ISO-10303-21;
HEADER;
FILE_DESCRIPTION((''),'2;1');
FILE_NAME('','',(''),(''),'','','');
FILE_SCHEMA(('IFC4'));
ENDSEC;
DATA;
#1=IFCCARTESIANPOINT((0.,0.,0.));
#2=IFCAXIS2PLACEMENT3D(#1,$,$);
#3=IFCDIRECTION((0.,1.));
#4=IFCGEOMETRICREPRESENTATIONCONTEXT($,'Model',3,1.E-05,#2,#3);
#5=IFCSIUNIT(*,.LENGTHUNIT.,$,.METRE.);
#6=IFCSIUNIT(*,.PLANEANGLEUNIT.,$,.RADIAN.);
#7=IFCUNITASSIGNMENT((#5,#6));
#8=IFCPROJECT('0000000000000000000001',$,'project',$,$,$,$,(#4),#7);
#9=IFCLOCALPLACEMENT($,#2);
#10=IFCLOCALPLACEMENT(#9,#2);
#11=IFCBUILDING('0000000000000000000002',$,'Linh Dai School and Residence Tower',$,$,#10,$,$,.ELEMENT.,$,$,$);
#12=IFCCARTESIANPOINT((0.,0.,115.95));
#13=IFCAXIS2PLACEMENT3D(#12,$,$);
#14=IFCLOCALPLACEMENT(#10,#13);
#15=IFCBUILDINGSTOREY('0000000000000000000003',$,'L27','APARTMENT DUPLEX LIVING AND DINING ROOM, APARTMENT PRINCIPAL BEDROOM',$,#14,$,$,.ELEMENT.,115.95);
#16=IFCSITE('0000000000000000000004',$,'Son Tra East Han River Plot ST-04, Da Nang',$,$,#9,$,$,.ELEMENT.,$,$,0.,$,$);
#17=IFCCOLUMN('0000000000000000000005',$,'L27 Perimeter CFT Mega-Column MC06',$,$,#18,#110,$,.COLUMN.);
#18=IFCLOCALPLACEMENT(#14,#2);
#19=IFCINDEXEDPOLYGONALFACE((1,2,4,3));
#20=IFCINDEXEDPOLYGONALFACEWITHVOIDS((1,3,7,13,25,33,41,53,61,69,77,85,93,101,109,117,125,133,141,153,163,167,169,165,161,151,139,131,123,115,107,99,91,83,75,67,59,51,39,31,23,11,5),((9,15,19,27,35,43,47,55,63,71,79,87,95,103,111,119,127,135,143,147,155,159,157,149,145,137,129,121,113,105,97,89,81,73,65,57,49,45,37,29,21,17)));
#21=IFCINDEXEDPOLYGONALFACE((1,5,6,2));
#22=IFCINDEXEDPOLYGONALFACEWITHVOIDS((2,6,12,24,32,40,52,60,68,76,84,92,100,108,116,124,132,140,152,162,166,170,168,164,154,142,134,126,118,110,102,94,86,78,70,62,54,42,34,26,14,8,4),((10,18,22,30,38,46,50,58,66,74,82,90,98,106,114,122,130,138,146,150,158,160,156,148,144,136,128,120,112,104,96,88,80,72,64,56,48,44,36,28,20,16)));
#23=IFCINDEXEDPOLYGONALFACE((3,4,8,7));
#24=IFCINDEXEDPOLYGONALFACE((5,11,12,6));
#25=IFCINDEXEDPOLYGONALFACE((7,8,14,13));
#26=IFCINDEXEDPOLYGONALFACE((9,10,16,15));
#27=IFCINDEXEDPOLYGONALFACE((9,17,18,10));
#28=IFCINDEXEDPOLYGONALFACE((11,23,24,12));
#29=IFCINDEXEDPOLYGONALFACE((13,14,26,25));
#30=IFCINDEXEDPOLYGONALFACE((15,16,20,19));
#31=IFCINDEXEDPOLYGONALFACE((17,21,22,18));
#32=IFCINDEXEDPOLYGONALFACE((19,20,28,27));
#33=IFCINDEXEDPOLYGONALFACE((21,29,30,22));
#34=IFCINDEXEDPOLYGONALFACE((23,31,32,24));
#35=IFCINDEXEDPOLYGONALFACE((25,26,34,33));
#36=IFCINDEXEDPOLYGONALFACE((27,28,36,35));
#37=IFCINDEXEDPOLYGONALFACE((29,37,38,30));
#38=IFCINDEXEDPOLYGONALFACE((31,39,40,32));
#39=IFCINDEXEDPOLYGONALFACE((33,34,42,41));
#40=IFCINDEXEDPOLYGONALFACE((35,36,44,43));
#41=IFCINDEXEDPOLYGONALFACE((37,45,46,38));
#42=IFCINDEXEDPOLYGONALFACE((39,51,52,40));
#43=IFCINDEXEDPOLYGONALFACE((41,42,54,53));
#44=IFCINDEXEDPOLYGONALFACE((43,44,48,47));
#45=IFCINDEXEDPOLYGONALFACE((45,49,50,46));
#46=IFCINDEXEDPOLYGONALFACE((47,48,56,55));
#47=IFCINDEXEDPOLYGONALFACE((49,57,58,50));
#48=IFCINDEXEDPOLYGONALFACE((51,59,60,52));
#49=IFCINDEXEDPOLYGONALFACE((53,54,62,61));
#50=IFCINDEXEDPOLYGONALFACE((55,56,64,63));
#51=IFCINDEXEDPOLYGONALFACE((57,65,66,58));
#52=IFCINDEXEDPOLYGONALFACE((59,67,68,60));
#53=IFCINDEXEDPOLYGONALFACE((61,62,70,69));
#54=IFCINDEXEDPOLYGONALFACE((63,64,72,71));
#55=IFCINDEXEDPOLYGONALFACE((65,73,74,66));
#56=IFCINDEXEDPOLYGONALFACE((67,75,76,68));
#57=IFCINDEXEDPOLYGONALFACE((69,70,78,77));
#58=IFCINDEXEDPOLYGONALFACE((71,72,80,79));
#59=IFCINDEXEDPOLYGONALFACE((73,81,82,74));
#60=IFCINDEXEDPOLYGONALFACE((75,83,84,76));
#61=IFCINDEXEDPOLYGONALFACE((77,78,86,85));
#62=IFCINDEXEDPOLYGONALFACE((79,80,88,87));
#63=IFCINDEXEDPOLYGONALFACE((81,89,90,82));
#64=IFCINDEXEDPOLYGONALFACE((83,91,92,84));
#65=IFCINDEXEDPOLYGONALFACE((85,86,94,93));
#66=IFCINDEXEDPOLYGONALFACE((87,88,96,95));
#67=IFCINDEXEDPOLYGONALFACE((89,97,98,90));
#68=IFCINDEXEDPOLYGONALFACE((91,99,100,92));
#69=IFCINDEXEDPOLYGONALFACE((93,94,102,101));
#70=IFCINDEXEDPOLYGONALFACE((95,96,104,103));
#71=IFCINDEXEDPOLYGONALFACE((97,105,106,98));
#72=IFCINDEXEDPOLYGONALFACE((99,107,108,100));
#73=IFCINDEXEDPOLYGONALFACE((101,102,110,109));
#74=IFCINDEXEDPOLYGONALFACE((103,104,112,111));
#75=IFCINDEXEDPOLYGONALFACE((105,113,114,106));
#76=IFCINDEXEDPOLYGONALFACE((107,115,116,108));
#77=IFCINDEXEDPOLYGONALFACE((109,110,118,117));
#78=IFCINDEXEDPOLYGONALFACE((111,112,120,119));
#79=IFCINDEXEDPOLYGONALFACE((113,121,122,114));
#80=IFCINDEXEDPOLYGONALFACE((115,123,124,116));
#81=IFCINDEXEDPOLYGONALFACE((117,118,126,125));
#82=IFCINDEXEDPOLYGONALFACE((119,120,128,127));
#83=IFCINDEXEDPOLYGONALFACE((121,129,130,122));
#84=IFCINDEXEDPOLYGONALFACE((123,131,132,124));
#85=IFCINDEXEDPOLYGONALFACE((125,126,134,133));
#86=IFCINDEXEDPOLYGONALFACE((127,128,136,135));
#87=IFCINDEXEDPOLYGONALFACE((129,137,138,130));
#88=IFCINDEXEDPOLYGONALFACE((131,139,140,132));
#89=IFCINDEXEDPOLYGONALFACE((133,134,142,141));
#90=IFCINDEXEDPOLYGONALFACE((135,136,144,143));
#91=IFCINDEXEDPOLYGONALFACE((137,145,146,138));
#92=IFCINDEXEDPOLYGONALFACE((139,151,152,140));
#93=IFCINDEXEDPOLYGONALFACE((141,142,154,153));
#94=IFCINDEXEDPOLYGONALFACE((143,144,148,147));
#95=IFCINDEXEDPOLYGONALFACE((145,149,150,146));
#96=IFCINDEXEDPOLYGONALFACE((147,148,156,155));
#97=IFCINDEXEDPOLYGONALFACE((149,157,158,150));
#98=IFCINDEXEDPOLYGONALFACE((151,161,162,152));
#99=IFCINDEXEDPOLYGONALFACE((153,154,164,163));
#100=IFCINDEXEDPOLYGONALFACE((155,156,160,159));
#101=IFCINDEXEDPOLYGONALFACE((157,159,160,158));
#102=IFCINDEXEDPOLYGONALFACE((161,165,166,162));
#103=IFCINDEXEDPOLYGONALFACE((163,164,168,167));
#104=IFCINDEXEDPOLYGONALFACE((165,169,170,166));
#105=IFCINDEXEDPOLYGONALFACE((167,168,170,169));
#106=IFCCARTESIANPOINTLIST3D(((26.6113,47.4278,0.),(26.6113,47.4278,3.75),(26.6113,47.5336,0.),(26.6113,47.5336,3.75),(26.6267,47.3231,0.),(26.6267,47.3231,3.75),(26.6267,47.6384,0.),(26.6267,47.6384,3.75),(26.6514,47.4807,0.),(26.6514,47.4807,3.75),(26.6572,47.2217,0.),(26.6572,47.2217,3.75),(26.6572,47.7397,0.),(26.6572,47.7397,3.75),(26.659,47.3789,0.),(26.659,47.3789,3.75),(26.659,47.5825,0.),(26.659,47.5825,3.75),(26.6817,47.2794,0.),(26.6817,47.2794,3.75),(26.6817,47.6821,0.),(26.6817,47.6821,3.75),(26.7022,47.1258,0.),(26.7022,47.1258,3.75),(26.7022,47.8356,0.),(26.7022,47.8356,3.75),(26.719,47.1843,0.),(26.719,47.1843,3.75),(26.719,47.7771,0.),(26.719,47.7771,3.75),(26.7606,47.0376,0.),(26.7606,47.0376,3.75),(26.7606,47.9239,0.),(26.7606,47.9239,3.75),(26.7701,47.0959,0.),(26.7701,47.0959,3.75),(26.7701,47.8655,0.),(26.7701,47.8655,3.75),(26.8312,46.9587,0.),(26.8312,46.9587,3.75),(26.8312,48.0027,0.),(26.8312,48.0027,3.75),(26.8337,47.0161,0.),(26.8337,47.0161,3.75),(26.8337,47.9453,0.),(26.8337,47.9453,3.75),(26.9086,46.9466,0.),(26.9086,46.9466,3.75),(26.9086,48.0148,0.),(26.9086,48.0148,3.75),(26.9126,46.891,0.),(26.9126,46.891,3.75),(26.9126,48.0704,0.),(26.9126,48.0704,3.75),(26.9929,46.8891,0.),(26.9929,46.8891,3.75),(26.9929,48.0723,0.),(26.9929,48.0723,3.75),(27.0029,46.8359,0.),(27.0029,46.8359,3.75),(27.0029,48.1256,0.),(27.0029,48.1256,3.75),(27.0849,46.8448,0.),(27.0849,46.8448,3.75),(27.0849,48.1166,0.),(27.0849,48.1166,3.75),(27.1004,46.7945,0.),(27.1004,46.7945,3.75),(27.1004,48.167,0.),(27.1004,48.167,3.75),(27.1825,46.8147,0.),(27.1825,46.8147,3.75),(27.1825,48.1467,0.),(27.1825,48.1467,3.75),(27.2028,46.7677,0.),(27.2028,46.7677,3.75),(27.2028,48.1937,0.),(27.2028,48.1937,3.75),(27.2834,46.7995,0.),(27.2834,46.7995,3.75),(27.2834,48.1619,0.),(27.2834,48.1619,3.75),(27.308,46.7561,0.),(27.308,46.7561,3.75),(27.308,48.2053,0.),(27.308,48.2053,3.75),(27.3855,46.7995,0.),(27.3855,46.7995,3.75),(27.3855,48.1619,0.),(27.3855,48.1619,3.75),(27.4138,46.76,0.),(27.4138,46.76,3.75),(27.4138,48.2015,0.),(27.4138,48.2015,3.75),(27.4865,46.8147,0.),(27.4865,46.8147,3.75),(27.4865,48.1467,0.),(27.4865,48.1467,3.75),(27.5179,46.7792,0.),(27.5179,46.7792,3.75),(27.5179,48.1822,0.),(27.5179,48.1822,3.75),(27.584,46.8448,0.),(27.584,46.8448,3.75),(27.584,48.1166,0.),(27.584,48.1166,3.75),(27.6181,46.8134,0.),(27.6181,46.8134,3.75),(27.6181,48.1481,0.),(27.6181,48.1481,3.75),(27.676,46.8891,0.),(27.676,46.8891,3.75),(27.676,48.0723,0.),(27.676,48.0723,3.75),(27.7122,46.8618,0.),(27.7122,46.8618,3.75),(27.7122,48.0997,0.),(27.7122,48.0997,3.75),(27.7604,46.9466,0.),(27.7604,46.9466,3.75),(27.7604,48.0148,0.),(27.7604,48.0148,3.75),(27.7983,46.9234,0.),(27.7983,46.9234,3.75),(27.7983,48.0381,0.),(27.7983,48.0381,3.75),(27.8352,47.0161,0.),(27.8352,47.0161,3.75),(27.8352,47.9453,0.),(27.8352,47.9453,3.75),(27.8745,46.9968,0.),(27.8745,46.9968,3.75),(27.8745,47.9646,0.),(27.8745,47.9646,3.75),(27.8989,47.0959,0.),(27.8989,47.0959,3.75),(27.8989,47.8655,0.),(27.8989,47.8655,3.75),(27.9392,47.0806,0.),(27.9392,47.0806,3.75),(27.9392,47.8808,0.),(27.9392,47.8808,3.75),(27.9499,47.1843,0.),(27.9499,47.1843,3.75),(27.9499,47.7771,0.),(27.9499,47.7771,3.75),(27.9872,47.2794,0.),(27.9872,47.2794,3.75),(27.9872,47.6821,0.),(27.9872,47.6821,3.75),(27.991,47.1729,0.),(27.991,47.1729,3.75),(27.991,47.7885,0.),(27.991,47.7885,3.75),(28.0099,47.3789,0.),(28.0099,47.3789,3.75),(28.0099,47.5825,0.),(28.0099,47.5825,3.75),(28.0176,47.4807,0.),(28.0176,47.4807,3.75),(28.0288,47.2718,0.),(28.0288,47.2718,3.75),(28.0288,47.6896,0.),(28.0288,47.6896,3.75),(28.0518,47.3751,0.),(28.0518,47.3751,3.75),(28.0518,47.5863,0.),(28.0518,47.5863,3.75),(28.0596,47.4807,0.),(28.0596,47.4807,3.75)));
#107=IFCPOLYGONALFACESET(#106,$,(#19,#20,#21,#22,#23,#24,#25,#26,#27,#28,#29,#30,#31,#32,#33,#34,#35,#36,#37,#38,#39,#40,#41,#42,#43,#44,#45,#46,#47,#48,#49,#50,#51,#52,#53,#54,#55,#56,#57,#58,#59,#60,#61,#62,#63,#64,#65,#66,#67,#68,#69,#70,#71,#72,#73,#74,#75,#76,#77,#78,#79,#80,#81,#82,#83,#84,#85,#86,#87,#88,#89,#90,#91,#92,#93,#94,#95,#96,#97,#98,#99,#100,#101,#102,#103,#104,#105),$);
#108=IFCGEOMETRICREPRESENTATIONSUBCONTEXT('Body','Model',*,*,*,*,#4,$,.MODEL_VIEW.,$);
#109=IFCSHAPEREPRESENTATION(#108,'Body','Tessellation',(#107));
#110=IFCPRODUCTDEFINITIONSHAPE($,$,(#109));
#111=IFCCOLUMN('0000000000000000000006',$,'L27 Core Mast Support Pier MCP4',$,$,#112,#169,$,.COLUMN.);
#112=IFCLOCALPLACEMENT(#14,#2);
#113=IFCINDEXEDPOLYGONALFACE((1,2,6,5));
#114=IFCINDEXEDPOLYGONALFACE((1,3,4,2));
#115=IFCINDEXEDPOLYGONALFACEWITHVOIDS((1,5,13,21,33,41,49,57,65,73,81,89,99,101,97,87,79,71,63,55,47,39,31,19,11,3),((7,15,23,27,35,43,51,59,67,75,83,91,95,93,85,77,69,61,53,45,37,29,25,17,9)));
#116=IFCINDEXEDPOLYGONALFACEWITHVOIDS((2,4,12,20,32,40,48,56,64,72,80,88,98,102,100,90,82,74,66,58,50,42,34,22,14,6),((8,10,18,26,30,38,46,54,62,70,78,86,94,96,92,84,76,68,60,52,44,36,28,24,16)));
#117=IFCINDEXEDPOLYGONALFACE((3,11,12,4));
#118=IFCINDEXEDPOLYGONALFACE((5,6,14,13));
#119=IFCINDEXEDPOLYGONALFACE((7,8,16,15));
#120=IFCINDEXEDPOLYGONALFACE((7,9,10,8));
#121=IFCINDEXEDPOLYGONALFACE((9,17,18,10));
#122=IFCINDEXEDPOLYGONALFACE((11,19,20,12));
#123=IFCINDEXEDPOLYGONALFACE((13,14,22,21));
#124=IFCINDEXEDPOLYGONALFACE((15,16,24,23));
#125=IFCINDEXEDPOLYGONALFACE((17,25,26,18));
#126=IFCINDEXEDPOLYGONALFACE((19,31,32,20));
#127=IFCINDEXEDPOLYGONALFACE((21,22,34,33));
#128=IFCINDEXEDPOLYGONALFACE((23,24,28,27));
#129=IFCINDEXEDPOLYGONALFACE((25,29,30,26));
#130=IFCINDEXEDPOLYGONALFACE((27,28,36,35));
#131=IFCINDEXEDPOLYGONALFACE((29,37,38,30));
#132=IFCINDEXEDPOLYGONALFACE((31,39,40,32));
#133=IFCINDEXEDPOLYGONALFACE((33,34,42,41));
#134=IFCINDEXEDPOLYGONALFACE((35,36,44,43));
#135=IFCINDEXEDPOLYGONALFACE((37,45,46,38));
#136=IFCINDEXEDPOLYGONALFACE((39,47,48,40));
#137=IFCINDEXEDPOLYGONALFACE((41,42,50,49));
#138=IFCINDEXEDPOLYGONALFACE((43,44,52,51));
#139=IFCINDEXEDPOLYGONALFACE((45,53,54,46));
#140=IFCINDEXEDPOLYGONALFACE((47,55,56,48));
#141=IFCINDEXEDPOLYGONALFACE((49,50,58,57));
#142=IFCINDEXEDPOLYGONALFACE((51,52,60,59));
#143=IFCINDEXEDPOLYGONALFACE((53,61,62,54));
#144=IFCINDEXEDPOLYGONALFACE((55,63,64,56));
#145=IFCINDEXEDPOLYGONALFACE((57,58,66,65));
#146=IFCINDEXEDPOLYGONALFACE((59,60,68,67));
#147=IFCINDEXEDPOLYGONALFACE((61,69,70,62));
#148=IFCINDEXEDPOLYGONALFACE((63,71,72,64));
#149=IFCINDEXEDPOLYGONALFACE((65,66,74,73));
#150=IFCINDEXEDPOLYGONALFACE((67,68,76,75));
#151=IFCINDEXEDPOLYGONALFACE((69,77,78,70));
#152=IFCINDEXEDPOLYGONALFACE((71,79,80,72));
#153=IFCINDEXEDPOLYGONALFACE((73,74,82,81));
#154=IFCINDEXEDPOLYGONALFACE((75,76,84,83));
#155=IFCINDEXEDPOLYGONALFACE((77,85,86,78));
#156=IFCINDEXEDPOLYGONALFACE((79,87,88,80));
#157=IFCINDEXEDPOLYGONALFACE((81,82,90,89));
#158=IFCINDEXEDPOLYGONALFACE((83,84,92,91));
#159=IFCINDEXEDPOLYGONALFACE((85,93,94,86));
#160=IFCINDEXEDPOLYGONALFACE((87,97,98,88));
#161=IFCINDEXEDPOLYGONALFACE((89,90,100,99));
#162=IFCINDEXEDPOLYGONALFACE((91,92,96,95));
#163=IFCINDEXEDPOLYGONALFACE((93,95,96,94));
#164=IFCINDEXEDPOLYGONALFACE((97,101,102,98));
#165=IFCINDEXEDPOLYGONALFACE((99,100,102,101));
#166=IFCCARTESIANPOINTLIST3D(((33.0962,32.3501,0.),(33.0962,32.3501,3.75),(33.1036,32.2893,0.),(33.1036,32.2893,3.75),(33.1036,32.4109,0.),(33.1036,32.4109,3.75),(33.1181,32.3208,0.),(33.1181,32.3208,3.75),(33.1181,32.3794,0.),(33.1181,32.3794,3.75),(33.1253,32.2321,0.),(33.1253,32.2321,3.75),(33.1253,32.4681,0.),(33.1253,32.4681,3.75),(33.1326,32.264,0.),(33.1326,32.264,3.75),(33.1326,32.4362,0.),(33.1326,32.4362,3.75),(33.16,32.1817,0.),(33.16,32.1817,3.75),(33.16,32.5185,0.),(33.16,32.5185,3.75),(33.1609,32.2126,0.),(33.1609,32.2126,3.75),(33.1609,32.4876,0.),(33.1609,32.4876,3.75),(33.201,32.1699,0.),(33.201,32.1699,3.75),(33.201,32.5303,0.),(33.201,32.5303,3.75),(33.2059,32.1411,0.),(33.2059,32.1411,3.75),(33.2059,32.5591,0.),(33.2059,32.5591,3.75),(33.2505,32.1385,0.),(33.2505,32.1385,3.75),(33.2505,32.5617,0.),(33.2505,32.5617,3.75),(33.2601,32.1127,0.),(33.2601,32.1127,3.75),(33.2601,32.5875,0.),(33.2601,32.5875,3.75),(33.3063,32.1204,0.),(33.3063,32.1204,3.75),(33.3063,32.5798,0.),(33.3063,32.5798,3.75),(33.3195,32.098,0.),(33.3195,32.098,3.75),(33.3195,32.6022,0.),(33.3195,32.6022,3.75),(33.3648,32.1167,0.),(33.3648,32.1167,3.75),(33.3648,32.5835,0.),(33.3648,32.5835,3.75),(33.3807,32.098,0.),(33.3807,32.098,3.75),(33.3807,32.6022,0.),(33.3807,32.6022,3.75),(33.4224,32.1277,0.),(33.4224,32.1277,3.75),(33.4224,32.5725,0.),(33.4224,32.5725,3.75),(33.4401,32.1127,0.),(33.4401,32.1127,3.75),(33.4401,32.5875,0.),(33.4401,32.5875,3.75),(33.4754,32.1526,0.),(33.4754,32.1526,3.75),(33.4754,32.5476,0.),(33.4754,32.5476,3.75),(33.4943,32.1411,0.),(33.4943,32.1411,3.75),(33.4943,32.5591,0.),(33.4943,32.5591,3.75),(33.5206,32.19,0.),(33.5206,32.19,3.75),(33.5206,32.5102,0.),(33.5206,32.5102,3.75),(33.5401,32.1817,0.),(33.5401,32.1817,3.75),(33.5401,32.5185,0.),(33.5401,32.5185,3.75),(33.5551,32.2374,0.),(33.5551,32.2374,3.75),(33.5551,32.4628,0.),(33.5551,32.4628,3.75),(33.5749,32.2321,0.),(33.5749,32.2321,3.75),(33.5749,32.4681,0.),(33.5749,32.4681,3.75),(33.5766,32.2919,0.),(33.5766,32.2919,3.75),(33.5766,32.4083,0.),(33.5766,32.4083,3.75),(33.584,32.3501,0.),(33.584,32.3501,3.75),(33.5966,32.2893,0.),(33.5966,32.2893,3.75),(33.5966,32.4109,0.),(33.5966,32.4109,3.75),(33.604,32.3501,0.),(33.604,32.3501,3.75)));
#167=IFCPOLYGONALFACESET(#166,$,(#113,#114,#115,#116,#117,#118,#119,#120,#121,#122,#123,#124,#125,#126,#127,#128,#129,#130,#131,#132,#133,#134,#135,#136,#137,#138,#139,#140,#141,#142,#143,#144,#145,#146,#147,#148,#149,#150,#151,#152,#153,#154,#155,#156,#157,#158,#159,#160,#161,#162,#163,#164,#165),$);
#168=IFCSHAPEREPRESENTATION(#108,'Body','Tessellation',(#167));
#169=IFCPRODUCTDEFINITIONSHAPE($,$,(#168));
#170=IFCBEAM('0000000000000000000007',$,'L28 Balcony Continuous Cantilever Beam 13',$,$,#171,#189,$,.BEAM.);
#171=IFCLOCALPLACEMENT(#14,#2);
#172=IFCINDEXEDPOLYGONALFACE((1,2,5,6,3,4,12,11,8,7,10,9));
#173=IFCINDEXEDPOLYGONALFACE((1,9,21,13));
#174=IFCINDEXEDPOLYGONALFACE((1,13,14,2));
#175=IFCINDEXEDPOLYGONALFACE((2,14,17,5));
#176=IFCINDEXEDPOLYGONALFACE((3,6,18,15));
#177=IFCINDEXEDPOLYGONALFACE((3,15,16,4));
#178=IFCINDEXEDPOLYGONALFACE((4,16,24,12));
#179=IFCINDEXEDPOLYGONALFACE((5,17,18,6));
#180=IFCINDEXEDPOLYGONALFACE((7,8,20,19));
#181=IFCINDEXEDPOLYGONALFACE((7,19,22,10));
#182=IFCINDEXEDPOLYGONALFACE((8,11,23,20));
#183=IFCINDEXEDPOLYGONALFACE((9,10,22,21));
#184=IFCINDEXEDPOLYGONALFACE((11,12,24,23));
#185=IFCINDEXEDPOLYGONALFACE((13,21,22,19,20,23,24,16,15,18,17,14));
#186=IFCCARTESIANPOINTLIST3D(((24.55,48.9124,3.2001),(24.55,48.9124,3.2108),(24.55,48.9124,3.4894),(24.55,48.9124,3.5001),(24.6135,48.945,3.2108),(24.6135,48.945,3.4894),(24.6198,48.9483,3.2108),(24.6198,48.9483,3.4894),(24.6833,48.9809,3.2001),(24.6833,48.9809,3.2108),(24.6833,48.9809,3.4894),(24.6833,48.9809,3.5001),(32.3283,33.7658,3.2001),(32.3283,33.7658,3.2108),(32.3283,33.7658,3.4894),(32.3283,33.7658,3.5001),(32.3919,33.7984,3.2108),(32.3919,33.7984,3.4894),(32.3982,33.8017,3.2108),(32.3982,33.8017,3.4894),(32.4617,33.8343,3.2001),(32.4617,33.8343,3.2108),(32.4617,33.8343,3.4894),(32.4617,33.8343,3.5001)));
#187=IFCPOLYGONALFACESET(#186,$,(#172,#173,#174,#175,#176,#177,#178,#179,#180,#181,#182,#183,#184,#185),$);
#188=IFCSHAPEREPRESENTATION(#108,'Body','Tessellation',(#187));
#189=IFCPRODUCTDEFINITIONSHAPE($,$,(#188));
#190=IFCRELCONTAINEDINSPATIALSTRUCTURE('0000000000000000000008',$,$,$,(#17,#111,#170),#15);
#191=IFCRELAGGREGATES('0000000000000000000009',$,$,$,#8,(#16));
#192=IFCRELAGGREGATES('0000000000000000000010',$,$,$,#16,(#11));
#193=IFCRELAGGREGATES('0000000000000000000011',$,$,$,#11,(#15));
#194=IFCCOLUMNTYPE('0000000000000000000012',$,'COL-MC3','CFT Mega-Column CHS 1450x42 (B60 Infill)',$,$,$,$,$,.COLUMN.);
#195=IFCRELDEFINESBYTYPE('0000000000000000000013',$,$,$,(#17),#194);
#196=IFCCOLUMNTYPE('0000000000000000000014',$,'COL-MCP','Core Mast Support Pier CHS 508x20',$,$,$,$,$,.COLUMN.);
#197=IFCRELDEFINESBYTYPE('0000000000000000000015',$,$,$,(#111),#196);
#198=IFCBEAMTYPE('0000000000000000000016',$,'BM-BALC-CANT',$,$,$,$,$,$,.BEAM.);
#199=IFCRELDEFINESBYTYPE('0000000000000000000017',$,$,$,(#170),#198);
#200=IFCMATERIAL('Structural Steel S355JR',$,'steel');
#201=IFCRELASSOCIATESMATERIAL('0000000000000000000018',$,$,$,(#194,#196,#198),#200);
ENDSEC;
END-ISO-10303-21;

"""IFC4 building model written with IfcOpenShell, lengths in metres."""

from ifc_helpers import new_model, si_unit, direction, frame, origin, origin_2d, place, context, subcontext, project, spatial, hollow_circle, i_section, extrude, material, material_profile, profile_set, type_object, element, save


model = new_model("IFC4")

# Units and contexts
model_context = context("Model", 3, precision=1e-05, world=origin(), true_north=direction((0.0, 1.0)))
body_context = subcontext(model_context, "Body", "Model", "MODEL_VIEW")
ifc_project = project(units=[si_unit("LENGTHUNIT", "METRE"), si_unit("PLANEANGLEUNIT", "RADIAN")], contexts=[model_context])

# Site, building, storey
site_placement = place(None, origin())
site = spatial("IfcSite", under=ifc_project, at=site_placement, Name="Son Tra East Han River Plot ST-04, Da Nang", CompositionType="ELEMENT", RefElevation=0.0)
building_placement = place(site_placement, origin())
building = spatial("IfcBuilding", under=site, at=building_placement, Name="Linh Dai School and Residence Tower", CompositionType="ELEMENT")
storey_placement = place(building_placement, frame((0.0, 0.0, 115.95)))
storey = spatial("IfcBuildingStorey", under=building, at=storey_placement, Name="L27", Description="APARTMENT DUPLEX LIVING AND DINING ROOM, APARTMENT PRINCIPAL BEDROOM", CompositionType="ELEMENT", Elevation=115.95)

# Columns
ifc_material_1 = material(Name="Structural Steel S355JR", Category="steel")
ifc_material_profile_1 = material_profile(ifc_material_1, hollow_circle(Radius=0.7251, WallThickness=0.042, at=origin_2d()), Name="CHS 1450x42")
ifc_profile_set_1 = profile_set([ifc_material_profile_1], Name="Structural Steel S355JR")
column_type_1 = type_object("IfcColumnType", Name="COL-MC3", Description="CFT Mega-Column CHS 1450x42 (B60 Infill)", PredefinedType="COLUMN", material=ifc_profile_set_1)
column_1_placement = place(storey_placement, frame((27.3345, 47.4807, 0.0), z_axis=(0.0, 0.0, 1.0), x_axis=(1.0, 0.0, 0.0)))
element("IfcColumn", 1, at=column_1_placement, inside=storey, type_object=column_type_1, Name="L27 Perimeter CFT Mega-Column MC06", PredefinedType="COLUMN", context=body_context, shape_type="SweptSolid", body=[
    extrude(hollow_circle(Radius=0.7251, WallThickness=0.042, at=origin_2d()), origin(), (0.0, 0.0, 1.0), 3.75),
])
ifc_material_profile_2 = material_profile(ifc_material_1, hollow_circle(Radius=0.2539, WallThickness=0.02, at=origin_2d()), Name="CHS 508x20")
ifc_profile_set_2 = profile_set([ifc_material_profile_2], Name="Structural Steel S355JR")
column_type_2 = type_object("IfcColumnType", Name="COL-MCP", Description="Core Mast Support Pier CHS 508x20", PredefinedType="COLUMN", material=ifc_profile_set_2)
column_2_placement = place(storey_placement, frame((33.3501, 32.3501, 0.0), z_axis=(0.0, 0.0, 1.0), x_axis=(1.0, 0.0, 0.0)))
element("IfcColumn", 2, at=column_2_placement, inside=storey, type_object=column_type_2, Name="L27 Core Mast Support Pier MCP4", PredefinedType="COLUMN", context=body_context, shape_type="SweptSolid", body=[
    extrude(hollow_circle(Radius=0.2539, WallThickness=0.02, at=origin_2d()), origin(), (0.0, 0.0, 1.0), 3.75),
])

# Beam
ifc_material_profile_3 = material_profile(ifc_material_1, i_section(OverallWidth=0.1499, OverallDepth=0.3, WebThickness=0.0071, FlangeThickness=0.0107, at=origin_2d()), Name="IPE 300")
ifc_profile_set_3 = profile_set([ifc_material_profile_3], Name="Structural Steel S355JR")
beam_type_1 = type_object("IfcBeamType", Name="BM-BALC-CANT", PredefinedType="BEAM", material=ifc_profile_set_3)
beam_1_placement = place(storey_placement, frame((32.395, 33.8, 3.3501), z_axis=(-0.456823, 0.889558, 0.0), x_axis=(-0.889558, -0.456823, 0.0)))
element("IfcBeam", 3, at=beam_1_placement, inside=storey, type_object=beam_type_1, Name="L28 Balcony Continuous Cantilever Beam 13", PredefinedType="BEAM", context=body_context, shape_type="SweptSolid", body=[
    extrude(i_section(OverallWidth=0.1499, OverallDepth=0.3, WebThickness=0.0071, FlangeThickness=0.0107, at=origin_2d()), origin(), (0.0, 0.0, 1.0), 17.0271),
])

save(model, "model.ifc")
